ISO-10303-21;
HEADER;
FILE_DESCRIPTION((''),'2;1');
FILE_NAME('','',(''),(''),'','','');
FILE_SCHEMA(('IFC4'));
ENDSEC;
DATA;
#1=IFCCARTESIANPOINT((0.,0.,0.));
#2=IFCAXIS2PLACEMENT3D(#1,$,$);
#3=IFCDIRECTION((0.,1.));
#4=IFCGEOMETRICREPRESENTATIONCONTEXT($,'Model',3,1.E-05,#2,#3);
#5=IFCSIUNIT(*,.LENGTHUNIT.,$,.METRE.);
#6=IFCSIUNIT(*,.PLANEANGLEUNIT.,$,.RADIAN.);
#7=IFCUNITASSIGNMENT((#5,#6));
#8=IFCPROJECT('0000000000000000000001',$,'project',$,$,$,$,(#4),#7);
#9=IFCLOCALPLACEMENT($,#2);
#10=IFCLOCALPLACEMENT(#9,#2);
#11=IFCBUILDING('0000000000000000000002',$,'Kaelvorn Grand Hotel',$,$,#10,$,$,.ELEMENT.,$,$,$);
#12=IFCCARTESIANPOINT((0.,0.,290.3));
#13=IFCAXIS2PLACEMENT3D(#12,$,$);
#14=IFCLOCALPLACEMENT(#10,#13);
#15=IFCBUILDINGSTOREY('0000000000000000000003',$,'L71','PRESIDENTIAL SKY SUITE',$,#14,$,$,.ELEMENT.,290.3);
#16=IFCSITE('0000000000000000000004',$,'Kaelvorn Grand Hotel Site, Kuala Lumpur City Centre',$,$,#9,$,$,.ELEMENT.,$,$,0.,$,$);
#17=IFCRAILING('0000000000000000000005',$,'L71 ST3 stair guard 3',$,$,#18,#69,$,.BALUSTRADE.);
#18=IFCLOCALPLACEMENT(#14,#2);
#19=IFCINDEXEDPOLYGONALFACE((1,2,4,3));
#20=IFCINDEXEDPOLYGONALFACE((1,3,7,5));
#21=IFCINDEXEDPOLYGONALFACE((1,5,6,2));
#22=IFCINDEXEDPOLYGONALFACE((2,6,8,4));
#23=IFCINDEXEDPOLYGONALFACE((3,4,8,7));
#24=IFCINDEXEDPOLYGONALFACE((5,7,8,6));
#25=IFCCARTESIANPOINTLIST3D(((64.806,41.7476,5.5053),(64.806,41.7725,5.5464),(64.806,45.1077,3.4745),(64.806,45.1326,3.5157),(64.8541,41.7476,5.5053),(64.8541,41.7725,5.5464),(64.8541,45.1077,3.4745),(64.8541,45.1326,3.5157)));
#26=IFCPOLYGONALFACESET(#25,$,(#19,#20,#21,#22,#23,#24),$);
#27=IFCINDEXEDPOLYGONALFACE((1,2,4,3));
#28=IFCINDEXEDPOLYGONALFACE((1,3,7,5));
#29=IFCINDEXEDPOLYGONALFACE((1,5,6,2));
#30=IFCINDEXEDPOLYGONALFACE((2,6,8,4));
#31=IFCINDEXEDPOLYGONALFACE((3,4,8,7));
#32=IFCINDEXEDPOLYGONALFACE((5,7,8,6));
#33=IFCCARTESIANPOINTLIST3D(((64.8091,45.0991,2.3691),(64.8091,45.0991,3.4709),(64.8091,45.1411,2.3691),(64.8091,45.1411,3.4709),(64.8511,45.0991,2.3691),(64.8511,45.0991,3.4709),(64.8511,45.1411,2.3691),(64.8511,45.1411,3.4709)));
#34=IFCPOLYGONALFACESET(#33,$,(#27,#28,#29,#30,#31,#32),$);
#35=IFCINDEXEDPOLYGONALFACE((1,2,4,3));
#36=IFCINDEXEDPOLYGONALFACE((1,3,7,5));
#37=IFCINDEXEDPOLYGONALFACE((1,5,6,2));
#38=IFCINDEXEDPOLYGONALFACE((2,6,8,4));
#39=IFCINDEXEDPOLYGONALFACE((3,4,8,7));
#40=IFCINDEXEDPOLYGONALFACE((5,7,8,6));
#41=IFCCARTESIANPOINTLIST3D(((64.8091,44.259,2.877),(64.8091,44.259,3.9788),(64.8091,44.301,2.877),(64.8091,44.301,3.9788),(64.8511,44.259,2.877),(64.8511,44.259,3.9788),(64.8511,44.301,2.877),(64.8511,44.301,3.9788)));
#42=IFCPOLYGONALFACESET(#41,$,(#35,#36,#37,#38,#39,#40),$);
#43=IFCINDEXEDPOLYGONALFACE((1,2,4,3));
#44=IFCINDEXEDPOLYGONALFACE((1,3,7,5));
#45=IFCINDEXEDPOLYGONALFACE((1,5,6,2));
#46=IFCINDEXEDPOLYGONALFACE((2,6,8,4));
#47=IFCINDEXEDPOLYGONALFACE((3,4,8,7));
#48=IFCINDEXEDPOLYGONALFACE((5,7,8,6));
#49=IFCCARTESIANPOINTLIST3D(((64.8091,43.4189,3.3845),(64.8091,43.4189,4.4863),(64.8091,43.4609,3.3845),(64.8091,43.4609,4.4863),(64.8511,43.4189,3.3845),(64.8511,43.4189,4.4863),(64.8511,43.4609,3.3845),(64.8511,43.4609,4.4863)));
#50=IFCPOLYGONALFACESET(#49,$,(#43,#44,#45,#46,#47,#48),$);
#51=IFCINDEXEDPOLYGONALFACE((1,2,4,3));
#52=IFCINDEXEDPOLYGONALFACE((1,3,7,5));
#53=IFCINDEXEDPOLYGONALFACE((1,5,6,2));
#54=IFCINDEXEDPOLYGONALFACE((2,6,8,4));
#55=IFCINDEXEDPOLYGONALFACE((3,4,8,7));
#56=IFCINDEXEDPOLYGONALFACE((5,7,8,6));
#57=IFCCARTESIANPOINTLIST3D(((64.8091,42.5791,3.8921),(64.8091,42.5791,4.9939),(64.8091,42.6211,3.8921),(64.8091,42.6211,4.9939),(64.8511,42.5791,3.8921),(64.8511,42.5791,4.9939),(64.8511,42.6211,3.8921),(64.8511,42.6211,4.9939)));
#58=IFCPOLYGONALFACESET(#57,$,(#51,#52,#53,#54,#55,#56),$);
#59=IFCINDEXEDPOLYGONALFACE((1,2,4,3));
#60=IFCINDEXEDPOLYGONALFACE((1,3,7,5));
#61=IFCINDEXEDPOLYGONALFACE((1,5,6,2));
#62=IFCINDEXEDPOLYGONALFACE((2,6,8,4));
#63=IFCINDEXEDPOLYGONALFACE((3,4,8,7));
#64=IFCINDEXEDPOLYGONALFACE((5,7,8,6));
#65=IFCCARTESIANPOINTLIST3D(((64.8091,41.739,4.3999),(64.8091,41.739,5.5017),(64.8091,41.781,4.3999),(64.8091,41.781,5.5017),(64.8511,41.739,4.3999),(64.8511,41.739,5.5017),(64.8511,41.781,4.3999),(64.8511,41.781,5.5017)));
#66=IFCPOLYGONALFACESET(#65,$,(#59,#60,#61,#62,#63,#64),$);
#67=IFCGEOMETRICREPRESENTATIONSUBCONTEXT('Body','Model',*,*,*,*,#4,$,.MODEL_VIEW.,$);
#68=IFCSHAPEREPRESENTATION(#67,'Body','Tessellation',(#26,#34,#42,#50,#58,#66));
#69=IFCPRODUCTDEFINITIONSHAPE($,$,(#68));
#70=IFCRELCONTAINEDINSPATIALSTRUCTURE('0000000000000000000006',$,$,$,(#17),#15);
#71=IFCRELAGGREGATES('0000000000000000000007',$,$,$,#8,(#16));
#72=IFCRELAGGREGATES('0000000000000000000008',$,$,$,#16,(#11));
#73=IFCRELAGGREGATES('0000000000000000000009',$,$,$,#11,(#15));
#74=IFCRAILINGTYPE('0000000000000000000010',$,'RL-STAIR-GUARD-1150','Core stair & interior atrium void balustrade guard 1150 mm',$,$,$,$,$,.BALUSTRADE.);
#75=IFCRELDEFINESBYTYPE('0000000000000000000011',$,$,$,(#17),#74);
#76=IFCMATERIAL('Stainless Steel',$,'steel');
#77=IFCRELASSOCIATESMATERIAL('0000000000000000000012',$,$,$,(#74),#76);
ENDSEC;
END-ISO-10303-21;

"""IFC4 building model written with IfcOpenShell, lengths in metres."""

from ifc_helpers import new_model, si_unit, direction, frame, origin, origin_2d, place, context, subcontext, project, spatial, rectangle, extrude, material, type_object, element, save


model = new_model("IFC4")

# Units and contexts
model_context = context("Model", 3, precision=1e-05, world=origin(), true_north=direction((0.0, 1.0)))
body_context = subcontext(model_context, "Body", "Model", "MODEL_VIEW")
ifc_project = project(units=[si_unit("LENGTHUNIT", "METRE"), si_unit("PLANEANGLEUNIT", "RADIAN")], contexts=[model_context])

# Site, building, storey
site_placement = place(None, origin())
site = spatial("IfcSite", under=ifc_project, at=site_placement, Name="Kaelvorn Grand Hotel Site, Kuala Lumpur City Centre", CompositionType="ELEMENT", RefElevation=0.0)
building_placement = place(site_placement, origin())
building = spatial("IfcBuilding", under=site, at=building_placement, Name="Kaelvorn Grand Hotel", CompositionType="ELEMENT")
storey_placement = place(building_placement, frame((0.0, 0.0, 290.3)))
storey = spatial("IfcBuildingStorey", under=building, at=storey_placement, Name="L71", Description="PRESIDENTIAL SKY SUITE", CompositionType="ELEMENT", Elevation=290.3)

# Shared definitions
ifc_material_1 = material(Name="Stainless Steel", Category="steel")

# Railing
railing_type_1 = type_object("IfcRailingType", Name="RL-STAIR-GUARD-1150", Description="Core stair & interior atrium void balustrade guard 1150 mm", PredefinedType="BALUSTRADE", material=ifc_material_1)
railing_1_placement = place(storey_placement, frame((64.8301, 45.1201, 2.3691)))
element("IfcRailing", 1, at=railing_1_placement, inside=storey, type_object=railing_type_1, Name="L71 ST3 stair guard 3", PredefinedType="BALUSTRADE", context=body_context, shape_type="SweptSolid", body=[
    extrude(rectangle(XDim=0.0481, YDim=0.0481, at=origin_2d()), frame((0.0, 0.0, 1.126), z_axis=(0.0, -0.855837, 0.517246), x_axis=(1.0, 0.0, 0.0)), (0.0, 0.0, 1.0), 3.926),
    extrude(rectangle(XDim=0.042, YDim=0.042, at=origin_2d()), origin(), (0.0, 0.0, 1.0), 1.1018),
    extrude(rectangle(XDim=0.042, YDim=0.042, at=origin_2d()), frame((0.0, -0.8401, 0.5078)), (0.0, 0.0, 1.0), 1.1018),
    extrude(rectangle(XDim=0.042, YDim=0.042, at=origin_2d()), frame((0.0, -1.6802, 1.0154)), (0.0, 0.0, 1.0), 1.1018),
    extrude(rectangle(XDim=0.042, YDim=0.042, at=origin_2d()), frame((0.0, -2.52, 1.5229)), (0.0, 0.0, 1.0), 1.1018),
    extrude(rectangle(XDim=0.042, YDim=0.042, at=origin_2d()), frame((0.0, -3.3601, 2.0308)), (0.0, 0.0, 1.0), 1.1018),
])

save(model, "model.ifc")
